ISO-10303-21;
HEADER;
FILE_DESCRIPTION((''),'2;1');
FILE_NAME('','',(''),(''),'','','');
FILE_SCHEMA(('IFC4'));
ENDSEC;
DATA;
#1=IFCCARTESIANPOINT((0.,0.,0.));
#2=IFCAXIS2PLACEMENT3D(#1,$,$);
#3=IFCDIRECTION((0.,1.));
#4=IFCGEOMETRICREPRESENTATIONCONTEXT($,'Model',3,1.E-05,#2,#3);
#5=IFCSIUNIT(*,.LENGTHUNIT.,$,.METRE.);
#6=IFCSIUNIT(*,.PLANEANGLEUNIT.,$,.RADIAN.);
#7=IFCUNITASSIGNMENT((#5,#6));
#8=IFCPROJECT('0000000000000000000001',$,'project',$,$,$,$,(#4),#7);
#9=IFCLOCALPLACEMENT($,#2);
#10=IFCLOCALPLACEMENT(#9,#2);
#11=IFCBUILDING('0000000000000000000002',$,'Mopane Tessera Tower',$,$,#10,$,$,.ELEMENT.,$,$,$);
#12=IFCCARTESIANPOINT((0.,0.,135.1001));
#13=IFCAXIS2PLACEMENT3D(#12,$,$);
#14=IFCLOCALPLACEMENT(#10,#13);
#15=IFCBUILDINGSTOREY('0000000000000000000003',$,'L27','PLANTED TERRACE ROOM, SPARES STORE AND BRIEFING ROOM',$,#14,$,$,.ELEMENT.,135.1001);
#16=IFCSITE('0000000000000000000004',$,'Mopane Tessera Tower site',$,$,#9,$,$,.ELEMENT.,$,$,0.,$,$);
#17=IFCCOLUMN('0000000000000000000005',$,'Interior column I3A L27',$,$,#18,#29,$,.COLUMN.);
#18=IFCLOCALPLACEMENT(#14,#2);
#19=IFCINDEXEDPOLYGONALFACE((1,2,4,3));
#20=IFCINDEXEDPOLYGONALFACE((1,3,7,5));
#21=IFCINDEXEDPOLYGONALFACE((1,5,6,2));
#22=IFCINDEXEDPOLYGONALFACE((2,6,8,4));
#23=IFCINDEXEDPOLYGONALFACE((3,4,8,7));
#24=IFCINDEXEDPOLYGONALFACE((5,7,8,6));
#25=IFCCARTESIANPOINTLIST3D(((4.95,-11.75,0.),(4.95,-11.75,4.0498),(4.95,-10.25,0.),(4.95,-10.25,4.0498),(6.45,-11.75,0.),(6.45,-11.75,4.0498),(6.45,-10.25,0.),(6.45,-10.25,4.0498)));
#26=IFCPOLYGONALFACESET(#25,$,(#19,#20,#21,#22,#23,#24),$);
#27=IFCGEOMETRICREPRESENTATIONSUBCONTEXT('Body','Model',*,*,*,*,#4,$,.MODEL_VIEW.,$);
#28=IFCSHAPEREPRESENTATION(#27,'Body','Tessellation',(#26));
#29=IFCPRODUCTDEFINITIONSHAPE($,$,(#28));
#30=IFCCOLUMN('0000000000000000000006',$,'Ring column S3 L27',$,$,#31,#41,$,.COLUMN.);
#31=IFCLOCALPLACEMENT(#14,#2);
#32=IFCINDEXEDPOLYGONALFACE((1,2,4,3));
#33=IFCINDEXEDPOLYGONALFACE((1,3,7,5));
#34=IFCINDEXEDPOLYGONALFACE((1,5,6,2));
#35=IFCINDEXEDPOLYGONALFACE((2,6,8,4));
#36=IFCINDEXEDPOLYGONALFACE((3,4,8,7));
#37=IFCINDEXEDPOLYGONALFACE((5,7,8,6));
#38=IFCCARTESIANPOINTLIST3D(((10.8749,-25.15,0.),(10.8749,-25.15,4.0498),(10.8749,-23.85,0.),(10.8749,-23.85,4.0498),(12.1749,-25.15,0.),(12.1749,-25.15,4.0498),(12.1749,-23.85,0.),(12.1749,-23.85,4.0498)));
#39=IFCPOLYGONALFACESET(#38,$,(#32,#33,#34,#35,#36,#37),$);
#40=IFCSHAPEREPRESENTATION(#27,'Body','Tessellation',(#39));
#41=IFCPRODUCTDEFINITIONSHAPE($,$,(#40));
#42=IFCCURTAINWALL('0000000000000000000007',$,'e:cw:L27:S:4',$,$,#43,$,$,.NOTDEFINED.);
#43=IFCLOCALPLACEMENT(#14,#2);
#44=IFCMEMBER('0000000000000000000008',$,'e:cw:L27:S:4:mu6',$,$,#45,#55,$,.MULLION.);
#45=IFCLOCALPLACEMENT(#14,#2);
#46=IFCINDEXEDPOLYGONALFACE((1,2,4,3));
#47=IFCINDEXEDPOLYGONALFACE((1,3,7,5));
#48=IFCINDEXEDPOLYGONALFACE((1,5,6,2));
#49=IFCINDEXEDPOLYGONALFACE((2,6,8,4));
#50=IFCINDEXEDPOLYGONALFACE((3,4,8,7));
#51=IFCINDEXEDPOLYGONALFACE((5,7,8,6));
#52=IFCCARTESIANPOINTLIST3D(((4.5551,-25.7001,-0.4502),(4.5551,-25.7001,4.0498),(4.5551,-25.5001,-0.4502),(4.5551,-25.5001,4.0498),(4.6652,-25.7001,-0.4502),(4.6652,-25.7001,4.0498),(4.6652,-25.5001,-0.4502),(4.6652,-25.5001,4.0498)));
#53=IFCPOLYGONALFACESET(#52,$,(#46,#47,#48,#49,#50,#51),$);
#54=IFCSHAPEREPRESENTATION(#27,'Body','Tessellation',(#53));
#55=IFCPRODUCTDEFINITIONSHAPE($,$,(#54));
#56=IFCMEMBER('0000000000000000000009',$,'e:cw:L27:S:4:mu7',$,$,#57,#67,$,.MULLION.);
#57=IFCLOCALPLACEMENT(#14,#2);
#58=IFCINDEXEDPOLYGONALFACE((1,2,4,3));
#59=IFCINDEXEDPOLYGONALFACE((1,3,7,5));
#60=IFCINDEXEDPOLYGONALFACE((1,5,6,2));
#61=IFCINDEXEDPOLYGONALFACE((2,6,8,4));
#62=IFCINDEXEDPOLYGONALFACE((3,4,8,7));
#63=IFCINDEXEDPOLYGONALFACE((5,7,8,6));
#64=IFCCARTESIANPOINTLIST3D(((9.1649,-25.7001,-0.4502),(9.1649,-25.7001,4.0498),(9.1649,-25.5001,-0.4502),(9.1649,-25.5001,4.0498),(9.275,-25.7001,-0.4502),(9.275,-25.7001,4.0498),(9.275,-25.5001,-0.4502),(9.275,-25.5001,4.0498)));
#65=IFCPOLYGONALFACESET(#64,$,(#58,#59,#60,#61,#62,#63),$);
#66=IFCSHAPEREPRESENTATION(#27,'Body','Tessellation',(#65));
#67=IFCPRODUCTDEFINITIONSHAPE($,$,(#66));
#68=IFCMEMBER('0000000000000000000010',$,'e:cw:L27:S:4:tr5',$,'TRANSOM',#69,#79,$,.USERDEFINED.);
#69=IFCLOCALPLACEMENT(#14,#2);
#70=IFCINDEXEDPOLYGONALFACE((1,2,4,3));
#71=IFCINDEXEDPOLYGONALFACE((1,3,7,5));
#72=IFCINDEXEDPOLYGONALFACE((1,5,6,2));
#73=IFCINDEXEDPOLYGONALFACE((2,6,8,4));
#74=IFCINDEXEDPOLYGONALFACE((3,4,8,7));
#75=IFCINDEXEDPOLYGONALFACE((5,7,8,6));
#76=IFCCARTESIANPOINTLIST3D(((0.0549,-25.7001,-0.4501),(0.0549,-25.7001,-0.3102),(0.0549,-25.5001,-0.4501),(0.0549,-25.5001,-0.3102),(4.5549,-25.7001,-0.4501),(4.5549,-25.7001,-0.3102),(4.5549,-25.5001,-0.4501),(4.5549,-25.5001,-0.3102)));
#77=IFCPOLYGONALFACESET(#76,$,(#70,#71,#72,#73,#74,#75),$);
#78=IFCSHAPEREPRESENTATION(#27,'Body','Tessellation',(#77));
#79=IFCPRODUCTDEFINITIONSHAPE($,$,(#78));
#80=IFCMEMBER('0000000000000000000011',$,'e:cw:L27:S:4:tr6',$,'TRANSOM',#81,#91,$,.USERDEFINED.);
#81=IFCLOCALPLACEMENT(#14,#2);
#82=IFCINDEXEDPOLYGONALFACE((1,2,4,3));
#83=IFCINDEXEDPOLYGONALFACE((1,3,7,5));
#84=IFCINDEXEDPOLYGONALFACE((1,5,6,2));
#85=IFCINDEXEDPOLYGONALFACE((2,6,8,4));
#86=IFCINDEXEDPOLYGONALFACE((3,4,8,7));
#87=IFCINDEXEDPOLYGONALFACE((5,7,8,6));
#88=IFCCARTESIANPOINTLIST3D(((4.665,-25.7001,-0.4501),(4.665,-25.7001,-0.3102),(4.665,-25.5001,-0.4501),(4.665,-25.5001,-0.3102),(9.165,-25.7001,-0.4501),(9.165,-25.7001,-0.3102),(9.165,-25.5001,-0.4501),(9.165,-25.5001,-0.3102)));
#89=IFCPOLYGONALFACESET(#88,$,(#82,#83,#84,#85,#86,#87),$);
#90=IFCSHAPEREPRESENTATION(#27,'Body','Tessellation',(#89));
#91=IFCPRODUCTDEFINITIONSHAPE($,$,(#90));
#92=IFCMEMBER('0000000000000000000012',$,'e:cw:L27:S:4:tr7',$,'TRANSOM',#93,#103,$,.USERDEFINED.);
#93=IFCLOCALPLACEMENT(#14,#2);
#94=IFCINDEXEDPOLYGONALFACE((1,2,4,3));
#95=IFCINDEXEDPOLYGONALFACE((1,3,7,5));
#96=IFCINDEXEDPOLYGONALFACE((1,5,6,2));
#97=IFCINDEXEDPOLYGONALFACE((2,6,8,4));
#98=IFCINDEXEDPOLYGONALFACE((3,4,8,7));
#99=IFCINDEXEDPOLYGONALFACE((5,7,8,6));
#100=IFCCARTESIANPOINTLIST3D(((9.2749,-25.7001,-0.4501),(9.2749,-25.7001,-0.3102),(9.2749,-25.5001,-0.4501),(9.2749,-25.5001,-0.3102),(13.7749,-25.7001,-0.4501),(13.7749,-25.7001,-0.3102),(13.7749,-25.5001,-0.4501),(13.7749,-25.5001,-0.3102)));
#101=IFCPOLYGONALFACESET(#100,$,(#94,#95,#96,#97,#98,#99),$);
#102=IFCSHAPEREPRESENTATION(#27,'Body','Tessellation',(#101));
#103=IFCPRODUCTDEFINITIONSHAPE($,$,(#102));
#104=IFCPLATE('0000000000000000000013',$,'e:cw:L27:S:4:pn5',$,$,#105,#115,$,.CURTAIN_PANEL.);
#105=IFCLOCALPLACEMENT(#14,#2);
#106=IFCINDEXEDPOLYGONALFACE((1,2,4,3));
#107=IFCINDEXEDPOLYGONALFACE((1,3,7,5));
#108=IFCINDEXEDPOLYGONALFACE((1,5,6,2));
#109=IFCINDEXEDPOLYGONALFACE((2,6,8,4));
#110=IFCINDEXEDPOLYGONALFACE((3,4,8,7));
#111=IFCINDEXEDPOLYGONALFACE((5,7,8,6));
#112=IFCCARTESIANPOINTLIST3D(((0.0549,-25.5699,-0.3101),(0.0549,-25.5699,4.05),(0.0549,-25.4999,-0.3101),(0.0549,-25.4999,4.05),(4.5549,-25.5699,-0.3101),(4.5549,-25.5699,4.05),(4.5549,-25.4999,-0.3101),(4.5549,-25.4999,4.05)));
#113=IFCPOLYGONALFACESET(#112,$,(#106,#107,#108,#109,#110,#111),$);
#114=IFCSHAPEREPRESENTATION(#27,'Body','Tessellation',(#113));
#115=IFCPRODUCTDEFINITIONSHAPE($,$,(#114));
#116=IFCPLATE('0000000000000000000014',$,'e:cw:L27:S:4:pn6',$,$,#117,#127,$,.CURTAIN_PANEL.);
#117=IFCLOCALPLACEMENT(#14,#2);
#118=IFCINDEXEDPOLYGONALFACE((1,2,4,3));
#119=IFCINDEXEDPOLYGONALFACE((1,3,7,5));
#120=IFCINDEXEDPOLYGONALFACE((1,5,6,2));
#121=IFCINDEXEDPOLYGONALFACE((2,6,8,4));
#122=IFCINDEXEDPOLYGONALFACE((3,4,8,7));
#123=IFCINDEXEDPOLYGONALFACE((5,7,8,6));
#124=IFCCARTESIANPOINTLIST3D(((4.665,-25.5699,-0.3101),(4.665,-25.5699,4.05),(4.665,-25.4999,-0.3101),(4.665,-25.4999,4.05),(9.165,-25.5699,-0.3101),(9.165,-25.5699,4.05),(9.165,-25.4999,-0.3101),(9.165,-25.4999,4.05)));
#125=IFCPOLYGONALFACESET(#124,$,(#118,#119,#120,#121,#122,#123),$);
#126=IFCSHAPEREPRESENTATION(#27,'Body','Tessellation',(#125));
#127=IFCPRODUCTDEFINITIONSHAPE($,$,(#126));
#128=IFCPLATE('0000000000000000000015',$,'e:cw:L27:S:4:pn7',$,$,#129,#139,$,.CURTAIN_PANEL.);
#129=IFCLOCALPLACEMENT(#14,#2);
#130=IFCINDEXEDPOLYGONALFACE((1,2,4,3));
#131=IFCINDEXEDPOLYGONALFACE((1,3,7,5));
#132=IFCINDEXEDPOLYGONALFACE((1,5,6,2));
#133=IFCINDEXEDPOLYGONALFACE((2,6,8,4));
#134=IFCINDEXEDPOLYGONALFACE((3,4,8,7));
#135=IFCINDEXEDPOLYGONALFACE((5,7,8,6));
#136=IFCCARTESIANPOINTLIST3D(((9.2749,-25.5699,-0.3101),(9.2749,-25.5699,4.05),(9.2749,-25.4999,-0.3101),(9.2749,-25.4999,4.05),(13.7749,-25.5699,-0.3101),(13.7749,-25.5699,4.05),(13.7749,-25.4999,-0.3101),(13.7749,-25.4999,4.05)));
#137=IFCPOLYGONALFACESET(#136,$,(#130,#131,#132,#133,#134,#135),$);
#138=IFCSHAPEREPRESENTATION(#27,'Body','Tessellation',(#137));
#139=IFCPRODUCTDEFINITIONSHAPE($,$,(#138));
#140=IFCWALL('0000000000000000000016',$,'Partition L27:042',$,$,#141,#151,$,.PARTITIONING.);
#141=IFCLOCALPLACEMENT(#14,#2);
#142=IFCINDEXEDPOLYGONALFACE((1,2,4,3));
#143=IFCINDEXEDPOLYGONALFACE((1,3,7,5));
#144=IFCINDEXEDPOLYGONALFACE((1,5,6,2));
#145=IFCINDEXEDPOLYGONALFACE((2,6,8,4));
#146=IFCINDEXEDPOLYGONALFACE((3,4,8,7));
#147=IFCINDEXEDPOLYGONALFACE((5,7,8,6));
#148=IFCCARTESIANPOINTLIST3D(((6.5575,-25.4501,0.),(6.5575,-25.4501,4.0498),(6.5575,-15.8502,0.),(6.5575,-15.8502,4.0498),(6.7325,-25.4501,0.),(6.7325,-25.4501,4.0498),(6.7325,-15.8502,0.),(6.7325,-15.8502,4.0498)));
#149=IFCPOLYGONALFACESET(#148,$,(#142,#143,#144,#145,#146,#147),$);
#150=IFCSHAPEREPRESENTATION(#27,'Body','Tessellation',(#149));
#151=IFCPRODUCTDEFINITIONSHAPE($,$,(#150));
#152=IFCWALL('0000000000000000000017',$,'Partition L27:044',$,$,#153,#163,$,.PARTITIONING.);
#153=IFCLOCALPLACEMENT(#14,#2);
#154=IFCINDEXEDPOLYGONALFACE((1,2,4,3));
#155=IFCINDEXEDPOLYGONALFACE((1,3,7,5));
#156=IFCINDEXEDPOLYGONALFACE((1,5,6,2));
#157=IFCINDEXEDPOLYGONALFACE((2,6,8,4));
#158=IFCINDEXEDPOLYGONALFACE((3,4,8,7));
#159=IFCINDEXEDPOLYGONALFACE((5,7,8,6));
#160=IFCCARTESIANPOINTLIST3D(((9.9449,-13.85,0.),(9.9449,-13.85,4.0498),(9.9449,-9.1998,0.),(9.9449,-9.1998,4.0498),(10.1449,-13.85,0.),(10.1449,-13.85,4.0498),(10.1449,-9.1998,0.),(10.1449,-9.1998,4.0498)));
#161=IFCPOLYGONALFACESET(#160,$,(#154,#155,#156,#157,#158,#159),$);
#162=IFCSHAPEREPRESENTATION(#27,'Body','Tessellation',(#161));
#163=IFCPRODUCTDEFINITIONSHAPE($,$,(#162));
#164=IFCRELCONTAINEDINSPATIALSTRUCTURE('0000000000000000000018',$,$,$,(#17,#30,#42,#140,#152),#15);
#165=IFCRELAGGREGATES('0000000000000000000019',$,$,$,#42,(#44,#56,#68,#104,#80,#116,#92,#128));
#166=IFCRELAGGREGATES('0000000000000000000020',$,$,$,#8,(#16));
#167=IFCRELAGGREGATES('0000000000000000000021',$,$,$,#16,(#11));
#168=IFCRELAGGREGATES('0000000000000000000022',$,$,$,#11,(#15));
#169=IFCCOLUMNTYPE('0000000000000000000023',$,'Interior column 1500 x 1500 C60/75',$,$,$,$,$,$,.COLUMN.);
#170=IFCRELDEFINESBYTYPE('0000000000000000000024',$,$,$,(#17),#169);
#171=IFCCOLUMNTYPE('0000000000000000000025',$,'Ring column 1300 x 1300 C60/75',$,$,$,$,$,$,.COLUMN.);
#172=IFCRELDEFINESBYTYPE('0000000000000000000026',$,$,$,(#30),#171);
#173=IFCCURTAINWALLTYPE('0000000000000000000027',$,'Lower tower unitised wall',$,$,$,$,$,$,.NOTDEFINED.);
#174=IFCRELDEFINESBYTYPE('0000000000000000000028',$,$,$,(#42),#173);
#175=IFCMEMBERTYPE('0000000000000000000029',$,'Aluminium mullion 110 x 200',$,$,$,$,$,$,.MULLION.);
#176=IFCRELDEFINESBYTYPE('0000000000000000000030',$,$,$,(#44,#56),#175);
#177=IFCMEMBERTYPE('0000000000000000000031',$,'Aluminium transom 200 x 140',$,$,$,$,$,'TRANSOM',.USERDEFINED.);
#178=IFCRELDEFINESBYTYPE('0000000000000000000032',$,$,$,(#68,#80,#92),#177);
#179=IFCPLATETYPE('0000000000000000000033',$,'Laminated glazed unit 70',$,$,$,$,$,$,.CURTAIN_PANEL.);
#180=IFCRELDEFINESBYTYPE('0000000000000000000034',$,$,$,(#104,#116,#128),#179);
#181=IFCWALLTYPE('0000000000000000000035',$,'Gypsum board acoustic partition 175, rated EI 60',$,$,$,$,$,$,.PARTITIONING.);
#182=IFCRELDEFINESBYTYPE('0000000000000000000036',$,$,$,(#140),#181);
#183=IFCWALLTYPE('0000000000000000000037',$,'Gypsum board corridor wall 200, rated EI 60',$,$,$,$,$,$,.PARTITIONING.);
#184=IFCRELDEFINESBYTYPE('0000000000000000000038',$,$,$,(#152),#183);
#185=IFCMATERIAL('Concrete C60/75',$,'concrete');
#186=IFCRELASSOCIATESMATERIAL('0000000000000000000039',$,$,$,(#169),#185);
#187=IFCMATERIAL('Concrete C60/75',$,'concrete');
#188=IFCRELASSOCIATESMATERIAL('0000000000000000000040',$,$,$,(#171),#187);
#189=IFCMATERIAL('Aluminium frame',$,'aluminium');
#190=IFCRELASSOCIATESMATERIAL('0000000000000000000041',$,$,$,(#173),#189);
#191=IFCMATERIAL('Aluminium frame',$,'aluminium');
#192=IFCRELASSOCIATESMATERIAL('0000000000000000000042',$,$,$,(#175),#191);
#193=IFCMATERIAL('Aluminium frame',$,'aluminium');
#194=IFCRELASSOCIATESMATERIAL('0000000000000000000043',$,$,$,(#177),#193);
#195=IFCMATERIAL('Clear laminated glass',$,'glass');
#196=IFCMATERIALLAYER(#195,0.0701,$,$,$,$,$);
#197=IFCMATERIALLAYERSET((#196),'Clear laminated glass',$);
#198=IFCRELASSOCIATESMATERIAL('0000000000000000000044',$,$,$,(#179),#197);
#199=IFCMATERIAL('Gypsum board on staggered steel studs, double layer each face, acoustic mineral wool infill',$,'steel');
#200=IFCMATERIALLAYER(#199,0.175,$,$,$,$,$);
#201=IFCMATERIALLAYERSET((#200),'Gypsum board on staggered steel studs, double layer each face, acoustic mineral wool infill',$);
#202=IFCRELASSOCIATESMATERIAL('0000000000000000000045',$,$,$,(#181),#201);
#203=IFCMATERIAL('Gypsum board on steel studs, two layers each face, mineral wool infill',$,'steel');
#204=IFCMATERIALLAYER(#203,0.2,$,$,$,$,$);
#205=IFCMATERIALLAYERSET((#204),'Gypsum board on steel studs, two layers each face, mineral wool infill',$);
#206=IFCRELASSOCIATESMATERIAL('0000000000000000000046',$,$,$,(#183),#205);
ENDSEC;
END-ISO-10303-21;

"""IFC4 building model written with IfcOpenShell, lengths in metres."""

from ifc_helpers import new_model, si_unit, direction, frame, frame_2d, origin, origin_2d, place, context, subcontext, project, spatial, rectangle, extrude, material, layer, layer_set, material_profile, profile_set, type_object, element, aggregate, save


model = new_model("IFC4")

# Units and contexts
model_context = context("Model", 3, precision=1e-05, world=origin(), true_north=direction((0.0, 1.0)))
body_context = subcontext(model_context, "Body", "Model", "MODEL_VIEW")
ifc_project = project(units=[si_unit("LENGTHUNIT", "METRE"), si_unit("PLANEANGLEUNIT", "RADIAN")], contexts=[model_context])

# Site, building, storey
site_placement = place(None, origin())
site = spatial("IfcSite", under=ifc_project, at=site_placement, Name="Mopane Tessera Tower site", CompositionType="ELEMENT", RefElevation=0.0)
building_placement = place(site_placement, origin())
building = spatial("IfcBuilding", under=site, at=building_placement, Name="Mopane Tessera Tower", CompositionType="ELEMENT")
storey_placement = place(building_placement, frame((0.0, 0.0, 135.1001)))
storey = spatial("IfcBuildingStorey", under=building, at=storey_placement, Name="L27", Description="PLANTED TERRACE ROOM, SPARES STORE AND BRIEFING ROOM", CompositionType="ELEMENT", Elevation=135.1001)

# Columns
ifc_material_1 = material(Name="Concrete C60/75", Category="concrete")
ifc_material_profile_1 = material_profile(ifc_material_1, rectangle(XDim=1.5, YDim=1.5, at=origin_2d()))
ifc_profile_set_1 = profile_set([ifc_material_profile_1], Name="Concrete C60/75")
column_type_1 = type_object("IfcColumnType", Name="Interior column 1500 x 1500 C60/75", PredefinedType="COLUMN", material=ifc_profile_set_1)
column_1_placement = place(storey_placement, frame((5.7, -11.0, 0.0), z_axis=(0.0, 0.0, 1.0), x_axis=(1.0, 0.0, 0.0)))
element("IfcColumn", 1, at=column_1_placement, inside=storey, type_object=column_type_1, Name="Interior column I3A L27", PredefinedType="COLUMN", context=body_context, shape_type="SweptSolid", body=[
    extrude(rectangle(XDim=1.5, YDim=1.5, at=origin_2d()), origin(), (0.0, 0.0, 1.0), 4.0498),
])
ifc_material_2 = material(Name="Concrete C60/75", Category="concrete")
ifc_material_profile_2 = material_profile(ifc_material_2, rectangle(XDim=1.3, YDim=1.3, at=origin_2d()))
ifc_profile_set_2 = profile_set([ifc_material_profile_2], Name="Concrete C60/75")
column_type_2 = type_object("IfcColumnType", Name="Ring column 1300 x 1300 C60/75", PredefinedType="COLUMN", material=ifc_profile_set_2)
column_2_placement = place(storey_placement, frame((11.5249, -24.5, 0.0), z_axis=(0.0, 0.0, 1.0), x_axis=(1.0, 0.0, 0.0)))
element("IfcColumn", 2, at=column_2_placement, inside=storey, type_object=column_type_2, Name="Ring column S3 L27", PredefinedType="COLUMN", context=body_context, shape_type="SweptSolid", body=[
    extrude(rectangle(XDim=1.3, YDim=1.3, at=origin_2d()), origin(), (0.0, 0.0, 1.0), 4.0498),
])

# Curtain wall, members, plates
ifc_material_3 = material(Name="Aluminium frame", Category="aluminium")
curtain_wall_type = type_object("IfcCurtainWallType", Name="Lower tower unitised wall", PredefinedType="NOTDEFINED", material=ifc_material_3)
curtain_wall_placement = place(storey_placement, origin())
curtain_wall = element("IfcCurtainWall", 3, at=curtain_wall_placement, inside=storey, type_object=curtain_wall_type, Name="e:cw:L27:S:4", PredefinedType="NOTDEFINED")
ifc_material_4 = material(Name="Aluminium frame", Category="aluminium")
ifc_material_profile_3 = material_profile(ifc_material_4, rectangle(XDim=0.1101, YDim=0.2, at=origin_2d()))
ifc_profile_set_3 = profile_set([ifc_material_profile_3], Name="Aluminium frame")
member_type_1 = type_object("IfcMemberType", Name="Aluminium mullion 110 x 200", PredefinedType="MULLION", material=ifc_profile_set_3)
member_1_placement = place(storey_placement, frame((4.6101, -25.6001, -0.4502), z_axis=(0.0, 0.0, 1.0), x_axis=(1.0, 0.0, 0.0)))
member_1 = element("IfcMember", 4, at=member_1_placement, type_object=member_type_1, Name="e:cw:L27:S:4:mu6", PredefinedType="MULLION", context=body_context, shape_type="SweptSolid", body=[
    extrude(rectangle(XDim=0.1101, YDim=0.2, at=origin_2d()), origin(), (0.0, 0.0, 1.0), 4.5),
])
member_2_placement = place(storey_placement, frame((9.22, -25.6001, -0.4502), z_axis=(0.0, 0.0, 1.0), x_axis=(1.0, 0.0, 0.0)))
member_2 = element("IfcMember", 5, at=member_2_placement, type_object=member_type_1, Name="e:cw:L27:S:4:mu7", PredefinedType="MULLION", context=body_context, shape_type="SweptSolid", body=[
    extrude(rectangle(XDim=0.1101, YDim=0.2, at=origin_2d()), origin(), (0.0, 0.0, 1.0), 4.5),
])
ifc_material_5 = material(Name="Aluminium frame", Category="aluminium")
ifc_material_profile_4 = material_profile(ifc_material_5, rectangle(XDim=0.2, YDim=0.1399, at=origin_2d()))
ifc_profile_set_4 = profile_set([ifc_material_profile_4], Name="Aluminium frame")
member_type_2 = type_object("IfcMemberType", Name="Aluminium transom 200 x 140", ElementType="TRANSOM", PredefinedType="USERDEFINED", material=ifc_profile_set_4)
member_3_placement = place(storey_placement, frame((0.0549, -25.6001, -0.3801), z_axis=(1.0, 0.0, 0.0), x_axis=(0.0, 1.0, 0.0)))
member_3 = element("IfcMember", 6, at=member_3_placement, type_object=member_type_2, Name="e:cw:L27:S:4:tr5", ObjectType="TRANSOM", PredefinedType="USERDEFINED", context=body_context, shape_type="SweptSolid", body=[
    extrude(rectangle(XDim=0.2, YDim=0.1399, at=origin_2d()), origin(), (0.0, 0.0, 1.0), 4.5),
])
member_4_placement = place(storey_placement, frame((4.665, -25.6001, -0.3801), z_axis=(1.0, 0.0, 0.0), x_axis=(0.0, 1.0, 0.0)))
member_4 = element("IfcMember", 7, at=member_4_placement, type_object=member_type_2, Name="e:cw:L27:S:4:tr6", ObjectType="TRANSOM", PredefinedType="USERDEFINED", context=body_context, shape_type="SweptSolid", body=[
    extrude(rectangle(XDim=0.2, YDim=0.1399, at=origin_2d()), origin(), (0.0, 0.0, 1.0), 4.5),
])
member_5_placement = place(storey_placement, frame((9.2749, -25.6001, -0.3801), z_axis=(1.0, 0.0, 0.0), x_axis=(0.0, 1.0, 0.0)))
member_5 = element("IfcMember", 8, at=member_5_placement, type_object=member_type_2, Name="e:cw:L27:S:4:tr7", ObjectType="TRANSOM", PredefinedType="USERDEFINED", context=body_context, shape_type="SweptSolid", body=[
    extrude(rectangle(XDim=0.2, YDim=0.1399, at=origin_2d()), origin(), (0.0, 0.0, 1.0), 4.5),
])
ifc_material_6 = material(Name="Clear laminated glass", Category="glass")
ifc_layer_1 = layer(ifc_material_6, 0.0701)
ifc_layer_set_1 = layer_set([ifc_layer_1], Name="Clear laminated glass")
plate_type = type_object("IfcPlateType", Name="Laminated glazed unit 70", PredefinedType="CURTAIN_PANEL", material=ifc_layer_set_1)
plate_1_placement = place(storey_placement, frame((2.3049, -25.5349, -0.3101), z_axis=(0.0, 0.0, 1.0), x_axis=(1.0, 0.0, 0.0)))
plate_1 = element("IfcPlate", 9, at=plate_1_placement, type_object=plate_type, Name="e:cw:L27:S:4:pn5", PredefinedType="CURTAIN_PANEL", context=body_context, shape_type="SweptSolid", body=[
    extrude(rectangle(XDim=4.5, YDim=0.0701, at=origin_2d()), origin(), (0.0, 0.0, 1.0), 4.3601),
])
plate_2_placement = place(storey_placement, frame((6.915, -25.5349, -0.3101), z_axis=(0.0, 0.0, 1.0), x_axis=(1.0, 0.0, 0.0)))
plate_2 = element("IfcPlate", 10, at=plate_2_placement, type_object=plate_type, Name="e:cw:L27:S:4:pn6", PredefinedType="CURTAIN_PANEL", context=body_context, shape_type="SweptSolid", body=[
    extrude(rectangle(XDim=4.5, YDim=0.0701, at=origin_2d()), origin(), (0.0, 0.0, 1.0), 4.3601),
])
plate_3_placement = place(storey_placement, frame((11.5249, -25.5349, -0.3101), z_axis=(0.0, 0.0, 1.0), x_axis=(1.0, 0.0, 0.0)))
plate_3 = element("IfcPlate", 11, at=plate_3_placement, type_object=plate_type, Name="e:cw:L27:S:4:pn7", PredefinedType="CURTAIN_PANEL", context=body_context, shape_type="SweptSolid", body=[
    extrude(rectangle(XDim=4.5, YDim=0.0701, at=origin_2d()), origin(), (0.0, 0.0, 1.0), 4.3601),
])
aggregate(curtain_wall, [member_1, member_2, member_3, plate_1, member_4, plate_2, member_5, plate_3])

# Walls
ifc_material_7 = material(Name="Gypsum board on staggered steel studs, double layer each face, acoustic mineral wool infill", Category="steel")
ifc_layer_2 = layer(ifc_material_7, 0.175)
ifc_layer_set_2 = layer_set([ifc_layer_2], Name="Gypsum board on staggered steel studs, double layer each face, acoustic mineral wool infill")
wall_type_1 = type_object("IfcWallType", Name="Gypsum board acoustic partition 175, rated EI 60", PredefinedType="PARTITIONING", material=ifc_layer_set_2)
wall_1_placement = place(storey_placement, frame((6.645, -25.45, 0.0), z_axis=(0.0, 0.0, 1.0), x_axis=(0.0, 1.0, 0.0)))
element("IfcWall", 12, at=wall_1_placement, inside=storey, type_object=wall_type_1, Name="Partition L27:042", PredefinedType="PARTITIONING", context=body_context, shape_type="SweptSolid", body=[
    extrude(rectangle(XDim=9.5999, YDim=0.175, at=frame_2d((4.7998, 0.0))), origin(), (0.0, 0.0, 1.0), 4.0498),
])
ifc_material_8 = material(Name="Gypsum board on steel studs, two layers each face, mineral wool infill", Category="steel")
ifc_layer_3 = layer(ifc_material_8, 0.2)
ifc_layer_set_3 = layer_set([ifc_layer_3], Name="Gypsum board on steel studs, two layers each face, mineral wool infill")
wall_type_2 = type_object("IfcWallType", Name="Gypsum board corridor wall 200, rated EI 60", PredefinedType="PARTITIONING", material=ifc_layer_set_3)
wall_2_placement = place(storey_placement, frame((10.0449, -13.8501, 0.0), z_axis=(0.0, 0.0, 1.0), x_axis=(0.0, 1.0, 0.0)))
element("IfcWall", 13, at=wall_2_placement, inside=storey, type_object=wall_type_2, Name="Partition L27:044", PredefinedType="PARTITIONING", context=body_context, shape_type="SweptSolid", body=[
    extrude(rectangle(XDim=4.6501, YDim=0.2, at=frame_2d((2.3252, 0.0))), origin(), (0.0, 0.0, 1.0), 4.0498),
])

save(model, "model.ifc")
